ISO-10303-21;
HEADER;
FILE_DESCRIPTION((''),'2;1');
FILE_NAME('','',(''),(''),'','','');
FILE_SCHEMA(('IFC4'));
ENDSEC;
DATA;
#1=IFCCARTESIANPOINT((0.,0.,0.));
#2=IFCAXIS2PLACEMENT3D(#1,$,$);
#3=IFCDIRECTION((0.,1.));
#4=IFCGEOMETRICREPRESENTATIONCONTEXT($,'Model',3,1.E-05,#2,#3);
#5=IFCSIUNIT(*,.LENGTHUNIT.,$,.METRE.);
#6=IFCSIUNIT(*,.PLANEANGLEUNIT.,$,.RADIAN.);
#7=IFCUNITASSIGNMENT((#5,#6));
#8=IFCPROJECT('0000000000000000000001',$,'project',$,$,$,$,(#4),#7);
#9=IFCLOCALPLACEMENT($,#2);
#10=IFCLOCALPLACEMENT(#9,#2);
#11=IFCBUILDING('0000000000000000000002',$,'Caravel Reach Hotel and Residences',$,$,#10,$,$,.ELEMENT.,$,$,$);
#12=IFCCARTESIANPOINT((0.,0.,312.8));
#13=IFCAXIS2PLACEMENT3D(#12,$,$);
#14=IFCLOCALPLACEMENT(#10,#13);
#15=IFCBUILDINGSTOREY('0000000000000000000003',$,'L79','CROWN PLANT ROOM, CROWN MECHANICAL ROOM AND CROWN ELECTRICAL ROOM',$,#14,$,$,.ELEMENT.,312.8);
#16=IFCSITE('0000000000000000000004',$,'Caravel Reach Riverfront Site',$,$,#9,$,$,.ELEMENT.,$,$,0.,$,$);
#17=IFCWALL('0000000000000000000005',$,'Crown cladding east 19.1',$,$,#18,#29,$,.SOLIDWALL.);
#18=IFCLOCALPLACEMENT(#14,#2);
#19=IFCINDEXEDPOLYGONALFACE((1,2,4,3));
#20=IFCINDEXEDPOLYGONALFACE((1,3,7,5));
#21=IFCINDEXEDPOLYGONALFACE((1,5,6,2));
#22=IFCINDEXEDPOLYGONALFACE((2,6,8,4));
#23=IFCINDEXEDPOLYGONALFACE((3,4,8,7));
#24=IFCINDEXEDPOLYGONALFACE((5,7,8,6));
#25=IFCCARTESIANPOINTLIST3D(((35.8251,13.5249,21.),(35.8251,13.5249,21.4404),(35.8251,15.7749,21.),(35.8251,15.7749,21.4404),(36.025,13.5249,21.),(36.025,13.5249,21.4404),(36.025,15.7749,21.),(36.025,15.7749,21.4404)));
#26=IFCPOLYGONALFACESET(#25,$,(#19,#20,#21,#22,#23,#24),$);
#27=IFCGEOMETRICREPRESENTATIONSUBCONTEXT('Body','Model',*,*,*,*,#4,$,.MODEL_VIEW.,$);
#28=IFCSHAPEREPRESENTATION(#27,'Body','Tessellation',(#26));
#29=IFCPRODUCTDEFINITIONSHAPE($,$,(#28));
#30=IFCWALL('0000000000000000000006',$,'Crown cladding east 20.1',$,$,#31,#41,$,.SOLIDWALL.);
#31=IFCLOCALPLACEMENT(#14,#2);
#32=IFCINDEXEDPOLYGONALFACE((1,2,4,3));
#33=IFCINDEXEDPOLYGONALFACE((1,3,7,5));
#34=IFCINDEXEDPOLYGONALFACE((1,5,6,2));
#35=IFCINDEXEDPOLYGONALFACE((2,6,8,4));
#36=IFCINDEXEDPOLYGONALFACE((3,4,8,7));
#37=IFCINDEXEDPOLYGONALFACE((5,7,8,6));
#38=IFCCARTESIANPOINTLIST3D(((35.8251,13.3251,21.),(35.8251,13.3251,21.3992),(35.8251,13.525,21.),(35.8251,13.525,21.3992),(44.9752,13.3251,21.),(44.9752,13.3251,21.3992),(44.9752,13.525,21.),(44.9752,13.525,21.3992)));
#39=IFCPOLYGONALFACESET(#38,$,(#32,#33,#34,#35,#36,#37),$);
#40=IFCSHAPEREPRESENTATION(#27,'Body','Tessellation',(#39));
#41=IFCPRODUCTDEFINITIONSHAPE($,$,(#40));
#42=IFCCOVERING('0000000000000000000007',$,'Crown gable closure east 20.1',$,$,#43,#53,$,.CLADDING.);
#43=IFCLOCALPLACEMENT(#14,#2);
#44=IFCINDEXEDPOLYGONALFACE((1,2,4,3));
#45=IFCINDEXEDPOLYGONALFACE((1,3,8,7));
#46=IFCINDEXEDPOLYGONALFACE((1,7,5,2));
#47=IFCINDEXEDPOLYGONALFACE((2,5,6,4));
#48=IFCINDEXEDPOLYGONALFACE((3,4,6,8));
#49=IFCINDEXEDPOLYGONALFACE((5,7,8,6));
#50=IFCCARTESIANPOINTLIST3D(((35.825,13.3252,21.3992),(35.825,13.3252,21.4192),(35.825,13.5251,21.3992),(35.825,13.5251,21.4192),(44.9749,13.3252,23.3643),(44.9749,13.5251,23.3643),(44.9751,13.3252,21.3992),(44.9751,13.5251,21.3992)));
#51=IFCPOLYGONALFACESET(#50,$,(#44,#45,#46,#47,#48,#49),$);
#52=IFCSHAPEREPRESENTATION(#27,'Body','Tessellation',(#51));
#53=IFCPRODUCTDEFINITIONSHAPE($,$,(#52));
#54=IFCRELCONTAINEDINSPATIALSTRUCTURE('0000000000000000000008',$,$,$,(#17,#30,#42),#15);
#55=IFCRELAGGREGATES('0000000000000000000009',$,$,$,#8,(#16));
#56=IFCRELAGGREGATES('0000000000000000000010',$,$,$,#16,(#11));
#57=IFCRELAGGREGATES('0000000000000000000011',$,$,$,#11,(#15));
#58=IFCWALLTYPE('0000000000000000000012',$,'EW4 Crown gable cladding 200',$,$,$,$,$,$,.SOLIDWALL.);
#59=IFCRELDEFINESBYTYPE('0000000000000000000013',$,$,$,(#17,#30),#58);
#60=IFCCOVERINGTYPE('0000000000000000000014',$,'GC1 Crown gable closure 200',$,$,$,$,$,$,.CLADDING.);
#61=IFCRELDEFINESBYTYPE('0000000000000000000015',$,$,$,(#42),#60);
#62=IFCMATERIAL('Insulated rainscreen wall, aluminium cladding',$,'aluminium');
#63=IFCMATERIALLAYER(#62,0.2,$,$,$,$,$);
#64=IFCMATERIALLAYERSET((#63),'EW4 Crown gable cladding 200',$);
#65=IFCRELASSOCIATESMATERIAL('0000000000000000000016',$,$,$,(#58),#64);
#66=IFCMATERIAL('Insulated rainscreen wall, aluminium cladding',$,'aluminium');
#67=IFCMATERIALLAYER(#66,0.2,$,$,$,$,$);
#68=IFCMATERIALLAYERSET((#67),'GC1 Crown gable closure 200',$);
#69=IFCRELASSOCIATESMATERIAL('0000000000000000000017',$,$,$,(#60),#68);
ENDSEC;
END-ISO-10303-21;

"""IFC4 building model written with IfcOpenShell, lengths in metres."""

from ifc_helpers import new_model, si_unit, direction, frame, frame_2d, origin, place, context, subcontext, project, spatial, polyline, rectangle, outline, extrude, material, layer, layer_set, type_object, element, save


model = new_model("IFC4")

# Units and contexts
model_context = context("Model", 3, precision=1e-05, world=origin(), true_north=direction((0.0, 1.0)))
body_context = subcontext(model_context, "Body", "Model", "MODEL_VIEW")
ifc_project = project(units=[si_unit("LENGTHUNIT", "METRE"), si_unit("PLANEANGLEUNIT", "RADIAN")], contexts=[model_context])

# Site, building, storey
site_placement = place(None, origin())
site = spatial("IfcSite", under=ifc_project, at=site_placement, Name="Caravel Reach Riverfront Site", CompositionType="ELEMENT", RefElevation=0.0)
building_placement = place(site_placement, origin())
building = spatial("IfcBuilding", under=site, at=building_placement, Name="Caravel Reach Hotel and Residences", CompositionType="ELEMENT")
storey_placement = place(building_placement, frame((0.0, 0.0, 312.8)))
storey = spatial("IfcBuildingStorey", under=building, at=storey_placement, Name="L79", Description="CROWN PLANT ROOM, CROWN MECHANICAL ROOM AND CROWN ELECTRICAL ROOM", CompositionType="ELEMENT", Elevation=312.8)

# Walls
ifc_material_1 = material(Name="Insulated rainscreen wall, aluminium cladding", Category="aluminium")
ifc_layer_1 = layer(ifc_material_1, 0.2)
ifc_layer_set_1 = layer_set([ifc_layer_1], Name="EW4 Crown gable cladding 200")
wall_type = type_object("IfcWallType", Name="EW4 Crown gable cladding 200", PredefinedType="SOLIDWALL", material=ifc_layer_set_1)
wall_1_placement = place(storey_placement, frame((35.925, 15.7749, 21.0), z_axis=(0.0, 0.0, 1.0), x_axis=(0.0, -1.0, 0.0)))
element("IfcWall", 1, at=wall_1_placement, inside=storey, type_object=wall_type, Name="Crown cladding east 19.1", PredefinedType="SOLIDWALL", context=body_context, shape_type="SweptSolid", body=[
    extrude(rectangle(XDim=2.25, YDim=0.2, at=frame_2d((1.125, 0.0))), origin(), (0.0, 0.0, 1.0), 0.4404),
])
wall_2_placement = place(storey_placement, frame((35.825, 13.425, 21.0), z_axis=(0.0, 0.0, 1.0), x_axis=(1.0, 0.0, 0.0)))
element("IfcWall", 2, at=wall_2_placement, inside=storey, type_object=wall_type, Name="Crown cladding east 20.1", PredefinedType="SOLIDWALL", context=body_context, shape_type="SweptSolid", body=[
    extrude(rectangle(XDim=9.1501, YDim=0.2, at=frame_2d((4.5752, 0.0))), origin(), (0.0, 0.0, 1.0), 0.3992),
])

# Covering
ifc_material_2 = material(Name="Insulated rainscreen wall, aluminium cladding", Category="aluminium")
ifc_layer_2 = layer(ifc_material_2, 0.2)
ifc_layer_set_2 = layer_set([ifc_layer_2], Name="GC1 Crown gable closure 200")
covering_type = type_object("IfcCoveringType", Name="GC1 Crown gable closure 200", PredefinedType="CLADDING", material=ifc_layer_set_2)
covering_placement = place(storey_placement, frame((35.825, 13.425, 21.3992), z_axis=(0.0, 0.0, 1.0), x_axis=(1.0, 0.0, 0.0)))
element("IfcCovering", 3, at=covering_placement, inside=storey, type_object=covering_type, Name="Crown gable closure east 20.1", PredefinedType="CLADDING", context=body_context, shape_type="SweptSolid", body=[
    extrude(outline(polyline([(0.0, 0.0), (9.1501, 0.0), (9.1499, 1.9651), (0.0, 0.02), (0.0, 0.0)])), frame((0.0, 0.1001, 0.0), z_axis=(0.0, -1.0, 0.0), x_axis=(1.0, 0.0, 0.0)), (0.0, 0.0, 1.0), 0.2),
])

save(model, "model.ifc")
